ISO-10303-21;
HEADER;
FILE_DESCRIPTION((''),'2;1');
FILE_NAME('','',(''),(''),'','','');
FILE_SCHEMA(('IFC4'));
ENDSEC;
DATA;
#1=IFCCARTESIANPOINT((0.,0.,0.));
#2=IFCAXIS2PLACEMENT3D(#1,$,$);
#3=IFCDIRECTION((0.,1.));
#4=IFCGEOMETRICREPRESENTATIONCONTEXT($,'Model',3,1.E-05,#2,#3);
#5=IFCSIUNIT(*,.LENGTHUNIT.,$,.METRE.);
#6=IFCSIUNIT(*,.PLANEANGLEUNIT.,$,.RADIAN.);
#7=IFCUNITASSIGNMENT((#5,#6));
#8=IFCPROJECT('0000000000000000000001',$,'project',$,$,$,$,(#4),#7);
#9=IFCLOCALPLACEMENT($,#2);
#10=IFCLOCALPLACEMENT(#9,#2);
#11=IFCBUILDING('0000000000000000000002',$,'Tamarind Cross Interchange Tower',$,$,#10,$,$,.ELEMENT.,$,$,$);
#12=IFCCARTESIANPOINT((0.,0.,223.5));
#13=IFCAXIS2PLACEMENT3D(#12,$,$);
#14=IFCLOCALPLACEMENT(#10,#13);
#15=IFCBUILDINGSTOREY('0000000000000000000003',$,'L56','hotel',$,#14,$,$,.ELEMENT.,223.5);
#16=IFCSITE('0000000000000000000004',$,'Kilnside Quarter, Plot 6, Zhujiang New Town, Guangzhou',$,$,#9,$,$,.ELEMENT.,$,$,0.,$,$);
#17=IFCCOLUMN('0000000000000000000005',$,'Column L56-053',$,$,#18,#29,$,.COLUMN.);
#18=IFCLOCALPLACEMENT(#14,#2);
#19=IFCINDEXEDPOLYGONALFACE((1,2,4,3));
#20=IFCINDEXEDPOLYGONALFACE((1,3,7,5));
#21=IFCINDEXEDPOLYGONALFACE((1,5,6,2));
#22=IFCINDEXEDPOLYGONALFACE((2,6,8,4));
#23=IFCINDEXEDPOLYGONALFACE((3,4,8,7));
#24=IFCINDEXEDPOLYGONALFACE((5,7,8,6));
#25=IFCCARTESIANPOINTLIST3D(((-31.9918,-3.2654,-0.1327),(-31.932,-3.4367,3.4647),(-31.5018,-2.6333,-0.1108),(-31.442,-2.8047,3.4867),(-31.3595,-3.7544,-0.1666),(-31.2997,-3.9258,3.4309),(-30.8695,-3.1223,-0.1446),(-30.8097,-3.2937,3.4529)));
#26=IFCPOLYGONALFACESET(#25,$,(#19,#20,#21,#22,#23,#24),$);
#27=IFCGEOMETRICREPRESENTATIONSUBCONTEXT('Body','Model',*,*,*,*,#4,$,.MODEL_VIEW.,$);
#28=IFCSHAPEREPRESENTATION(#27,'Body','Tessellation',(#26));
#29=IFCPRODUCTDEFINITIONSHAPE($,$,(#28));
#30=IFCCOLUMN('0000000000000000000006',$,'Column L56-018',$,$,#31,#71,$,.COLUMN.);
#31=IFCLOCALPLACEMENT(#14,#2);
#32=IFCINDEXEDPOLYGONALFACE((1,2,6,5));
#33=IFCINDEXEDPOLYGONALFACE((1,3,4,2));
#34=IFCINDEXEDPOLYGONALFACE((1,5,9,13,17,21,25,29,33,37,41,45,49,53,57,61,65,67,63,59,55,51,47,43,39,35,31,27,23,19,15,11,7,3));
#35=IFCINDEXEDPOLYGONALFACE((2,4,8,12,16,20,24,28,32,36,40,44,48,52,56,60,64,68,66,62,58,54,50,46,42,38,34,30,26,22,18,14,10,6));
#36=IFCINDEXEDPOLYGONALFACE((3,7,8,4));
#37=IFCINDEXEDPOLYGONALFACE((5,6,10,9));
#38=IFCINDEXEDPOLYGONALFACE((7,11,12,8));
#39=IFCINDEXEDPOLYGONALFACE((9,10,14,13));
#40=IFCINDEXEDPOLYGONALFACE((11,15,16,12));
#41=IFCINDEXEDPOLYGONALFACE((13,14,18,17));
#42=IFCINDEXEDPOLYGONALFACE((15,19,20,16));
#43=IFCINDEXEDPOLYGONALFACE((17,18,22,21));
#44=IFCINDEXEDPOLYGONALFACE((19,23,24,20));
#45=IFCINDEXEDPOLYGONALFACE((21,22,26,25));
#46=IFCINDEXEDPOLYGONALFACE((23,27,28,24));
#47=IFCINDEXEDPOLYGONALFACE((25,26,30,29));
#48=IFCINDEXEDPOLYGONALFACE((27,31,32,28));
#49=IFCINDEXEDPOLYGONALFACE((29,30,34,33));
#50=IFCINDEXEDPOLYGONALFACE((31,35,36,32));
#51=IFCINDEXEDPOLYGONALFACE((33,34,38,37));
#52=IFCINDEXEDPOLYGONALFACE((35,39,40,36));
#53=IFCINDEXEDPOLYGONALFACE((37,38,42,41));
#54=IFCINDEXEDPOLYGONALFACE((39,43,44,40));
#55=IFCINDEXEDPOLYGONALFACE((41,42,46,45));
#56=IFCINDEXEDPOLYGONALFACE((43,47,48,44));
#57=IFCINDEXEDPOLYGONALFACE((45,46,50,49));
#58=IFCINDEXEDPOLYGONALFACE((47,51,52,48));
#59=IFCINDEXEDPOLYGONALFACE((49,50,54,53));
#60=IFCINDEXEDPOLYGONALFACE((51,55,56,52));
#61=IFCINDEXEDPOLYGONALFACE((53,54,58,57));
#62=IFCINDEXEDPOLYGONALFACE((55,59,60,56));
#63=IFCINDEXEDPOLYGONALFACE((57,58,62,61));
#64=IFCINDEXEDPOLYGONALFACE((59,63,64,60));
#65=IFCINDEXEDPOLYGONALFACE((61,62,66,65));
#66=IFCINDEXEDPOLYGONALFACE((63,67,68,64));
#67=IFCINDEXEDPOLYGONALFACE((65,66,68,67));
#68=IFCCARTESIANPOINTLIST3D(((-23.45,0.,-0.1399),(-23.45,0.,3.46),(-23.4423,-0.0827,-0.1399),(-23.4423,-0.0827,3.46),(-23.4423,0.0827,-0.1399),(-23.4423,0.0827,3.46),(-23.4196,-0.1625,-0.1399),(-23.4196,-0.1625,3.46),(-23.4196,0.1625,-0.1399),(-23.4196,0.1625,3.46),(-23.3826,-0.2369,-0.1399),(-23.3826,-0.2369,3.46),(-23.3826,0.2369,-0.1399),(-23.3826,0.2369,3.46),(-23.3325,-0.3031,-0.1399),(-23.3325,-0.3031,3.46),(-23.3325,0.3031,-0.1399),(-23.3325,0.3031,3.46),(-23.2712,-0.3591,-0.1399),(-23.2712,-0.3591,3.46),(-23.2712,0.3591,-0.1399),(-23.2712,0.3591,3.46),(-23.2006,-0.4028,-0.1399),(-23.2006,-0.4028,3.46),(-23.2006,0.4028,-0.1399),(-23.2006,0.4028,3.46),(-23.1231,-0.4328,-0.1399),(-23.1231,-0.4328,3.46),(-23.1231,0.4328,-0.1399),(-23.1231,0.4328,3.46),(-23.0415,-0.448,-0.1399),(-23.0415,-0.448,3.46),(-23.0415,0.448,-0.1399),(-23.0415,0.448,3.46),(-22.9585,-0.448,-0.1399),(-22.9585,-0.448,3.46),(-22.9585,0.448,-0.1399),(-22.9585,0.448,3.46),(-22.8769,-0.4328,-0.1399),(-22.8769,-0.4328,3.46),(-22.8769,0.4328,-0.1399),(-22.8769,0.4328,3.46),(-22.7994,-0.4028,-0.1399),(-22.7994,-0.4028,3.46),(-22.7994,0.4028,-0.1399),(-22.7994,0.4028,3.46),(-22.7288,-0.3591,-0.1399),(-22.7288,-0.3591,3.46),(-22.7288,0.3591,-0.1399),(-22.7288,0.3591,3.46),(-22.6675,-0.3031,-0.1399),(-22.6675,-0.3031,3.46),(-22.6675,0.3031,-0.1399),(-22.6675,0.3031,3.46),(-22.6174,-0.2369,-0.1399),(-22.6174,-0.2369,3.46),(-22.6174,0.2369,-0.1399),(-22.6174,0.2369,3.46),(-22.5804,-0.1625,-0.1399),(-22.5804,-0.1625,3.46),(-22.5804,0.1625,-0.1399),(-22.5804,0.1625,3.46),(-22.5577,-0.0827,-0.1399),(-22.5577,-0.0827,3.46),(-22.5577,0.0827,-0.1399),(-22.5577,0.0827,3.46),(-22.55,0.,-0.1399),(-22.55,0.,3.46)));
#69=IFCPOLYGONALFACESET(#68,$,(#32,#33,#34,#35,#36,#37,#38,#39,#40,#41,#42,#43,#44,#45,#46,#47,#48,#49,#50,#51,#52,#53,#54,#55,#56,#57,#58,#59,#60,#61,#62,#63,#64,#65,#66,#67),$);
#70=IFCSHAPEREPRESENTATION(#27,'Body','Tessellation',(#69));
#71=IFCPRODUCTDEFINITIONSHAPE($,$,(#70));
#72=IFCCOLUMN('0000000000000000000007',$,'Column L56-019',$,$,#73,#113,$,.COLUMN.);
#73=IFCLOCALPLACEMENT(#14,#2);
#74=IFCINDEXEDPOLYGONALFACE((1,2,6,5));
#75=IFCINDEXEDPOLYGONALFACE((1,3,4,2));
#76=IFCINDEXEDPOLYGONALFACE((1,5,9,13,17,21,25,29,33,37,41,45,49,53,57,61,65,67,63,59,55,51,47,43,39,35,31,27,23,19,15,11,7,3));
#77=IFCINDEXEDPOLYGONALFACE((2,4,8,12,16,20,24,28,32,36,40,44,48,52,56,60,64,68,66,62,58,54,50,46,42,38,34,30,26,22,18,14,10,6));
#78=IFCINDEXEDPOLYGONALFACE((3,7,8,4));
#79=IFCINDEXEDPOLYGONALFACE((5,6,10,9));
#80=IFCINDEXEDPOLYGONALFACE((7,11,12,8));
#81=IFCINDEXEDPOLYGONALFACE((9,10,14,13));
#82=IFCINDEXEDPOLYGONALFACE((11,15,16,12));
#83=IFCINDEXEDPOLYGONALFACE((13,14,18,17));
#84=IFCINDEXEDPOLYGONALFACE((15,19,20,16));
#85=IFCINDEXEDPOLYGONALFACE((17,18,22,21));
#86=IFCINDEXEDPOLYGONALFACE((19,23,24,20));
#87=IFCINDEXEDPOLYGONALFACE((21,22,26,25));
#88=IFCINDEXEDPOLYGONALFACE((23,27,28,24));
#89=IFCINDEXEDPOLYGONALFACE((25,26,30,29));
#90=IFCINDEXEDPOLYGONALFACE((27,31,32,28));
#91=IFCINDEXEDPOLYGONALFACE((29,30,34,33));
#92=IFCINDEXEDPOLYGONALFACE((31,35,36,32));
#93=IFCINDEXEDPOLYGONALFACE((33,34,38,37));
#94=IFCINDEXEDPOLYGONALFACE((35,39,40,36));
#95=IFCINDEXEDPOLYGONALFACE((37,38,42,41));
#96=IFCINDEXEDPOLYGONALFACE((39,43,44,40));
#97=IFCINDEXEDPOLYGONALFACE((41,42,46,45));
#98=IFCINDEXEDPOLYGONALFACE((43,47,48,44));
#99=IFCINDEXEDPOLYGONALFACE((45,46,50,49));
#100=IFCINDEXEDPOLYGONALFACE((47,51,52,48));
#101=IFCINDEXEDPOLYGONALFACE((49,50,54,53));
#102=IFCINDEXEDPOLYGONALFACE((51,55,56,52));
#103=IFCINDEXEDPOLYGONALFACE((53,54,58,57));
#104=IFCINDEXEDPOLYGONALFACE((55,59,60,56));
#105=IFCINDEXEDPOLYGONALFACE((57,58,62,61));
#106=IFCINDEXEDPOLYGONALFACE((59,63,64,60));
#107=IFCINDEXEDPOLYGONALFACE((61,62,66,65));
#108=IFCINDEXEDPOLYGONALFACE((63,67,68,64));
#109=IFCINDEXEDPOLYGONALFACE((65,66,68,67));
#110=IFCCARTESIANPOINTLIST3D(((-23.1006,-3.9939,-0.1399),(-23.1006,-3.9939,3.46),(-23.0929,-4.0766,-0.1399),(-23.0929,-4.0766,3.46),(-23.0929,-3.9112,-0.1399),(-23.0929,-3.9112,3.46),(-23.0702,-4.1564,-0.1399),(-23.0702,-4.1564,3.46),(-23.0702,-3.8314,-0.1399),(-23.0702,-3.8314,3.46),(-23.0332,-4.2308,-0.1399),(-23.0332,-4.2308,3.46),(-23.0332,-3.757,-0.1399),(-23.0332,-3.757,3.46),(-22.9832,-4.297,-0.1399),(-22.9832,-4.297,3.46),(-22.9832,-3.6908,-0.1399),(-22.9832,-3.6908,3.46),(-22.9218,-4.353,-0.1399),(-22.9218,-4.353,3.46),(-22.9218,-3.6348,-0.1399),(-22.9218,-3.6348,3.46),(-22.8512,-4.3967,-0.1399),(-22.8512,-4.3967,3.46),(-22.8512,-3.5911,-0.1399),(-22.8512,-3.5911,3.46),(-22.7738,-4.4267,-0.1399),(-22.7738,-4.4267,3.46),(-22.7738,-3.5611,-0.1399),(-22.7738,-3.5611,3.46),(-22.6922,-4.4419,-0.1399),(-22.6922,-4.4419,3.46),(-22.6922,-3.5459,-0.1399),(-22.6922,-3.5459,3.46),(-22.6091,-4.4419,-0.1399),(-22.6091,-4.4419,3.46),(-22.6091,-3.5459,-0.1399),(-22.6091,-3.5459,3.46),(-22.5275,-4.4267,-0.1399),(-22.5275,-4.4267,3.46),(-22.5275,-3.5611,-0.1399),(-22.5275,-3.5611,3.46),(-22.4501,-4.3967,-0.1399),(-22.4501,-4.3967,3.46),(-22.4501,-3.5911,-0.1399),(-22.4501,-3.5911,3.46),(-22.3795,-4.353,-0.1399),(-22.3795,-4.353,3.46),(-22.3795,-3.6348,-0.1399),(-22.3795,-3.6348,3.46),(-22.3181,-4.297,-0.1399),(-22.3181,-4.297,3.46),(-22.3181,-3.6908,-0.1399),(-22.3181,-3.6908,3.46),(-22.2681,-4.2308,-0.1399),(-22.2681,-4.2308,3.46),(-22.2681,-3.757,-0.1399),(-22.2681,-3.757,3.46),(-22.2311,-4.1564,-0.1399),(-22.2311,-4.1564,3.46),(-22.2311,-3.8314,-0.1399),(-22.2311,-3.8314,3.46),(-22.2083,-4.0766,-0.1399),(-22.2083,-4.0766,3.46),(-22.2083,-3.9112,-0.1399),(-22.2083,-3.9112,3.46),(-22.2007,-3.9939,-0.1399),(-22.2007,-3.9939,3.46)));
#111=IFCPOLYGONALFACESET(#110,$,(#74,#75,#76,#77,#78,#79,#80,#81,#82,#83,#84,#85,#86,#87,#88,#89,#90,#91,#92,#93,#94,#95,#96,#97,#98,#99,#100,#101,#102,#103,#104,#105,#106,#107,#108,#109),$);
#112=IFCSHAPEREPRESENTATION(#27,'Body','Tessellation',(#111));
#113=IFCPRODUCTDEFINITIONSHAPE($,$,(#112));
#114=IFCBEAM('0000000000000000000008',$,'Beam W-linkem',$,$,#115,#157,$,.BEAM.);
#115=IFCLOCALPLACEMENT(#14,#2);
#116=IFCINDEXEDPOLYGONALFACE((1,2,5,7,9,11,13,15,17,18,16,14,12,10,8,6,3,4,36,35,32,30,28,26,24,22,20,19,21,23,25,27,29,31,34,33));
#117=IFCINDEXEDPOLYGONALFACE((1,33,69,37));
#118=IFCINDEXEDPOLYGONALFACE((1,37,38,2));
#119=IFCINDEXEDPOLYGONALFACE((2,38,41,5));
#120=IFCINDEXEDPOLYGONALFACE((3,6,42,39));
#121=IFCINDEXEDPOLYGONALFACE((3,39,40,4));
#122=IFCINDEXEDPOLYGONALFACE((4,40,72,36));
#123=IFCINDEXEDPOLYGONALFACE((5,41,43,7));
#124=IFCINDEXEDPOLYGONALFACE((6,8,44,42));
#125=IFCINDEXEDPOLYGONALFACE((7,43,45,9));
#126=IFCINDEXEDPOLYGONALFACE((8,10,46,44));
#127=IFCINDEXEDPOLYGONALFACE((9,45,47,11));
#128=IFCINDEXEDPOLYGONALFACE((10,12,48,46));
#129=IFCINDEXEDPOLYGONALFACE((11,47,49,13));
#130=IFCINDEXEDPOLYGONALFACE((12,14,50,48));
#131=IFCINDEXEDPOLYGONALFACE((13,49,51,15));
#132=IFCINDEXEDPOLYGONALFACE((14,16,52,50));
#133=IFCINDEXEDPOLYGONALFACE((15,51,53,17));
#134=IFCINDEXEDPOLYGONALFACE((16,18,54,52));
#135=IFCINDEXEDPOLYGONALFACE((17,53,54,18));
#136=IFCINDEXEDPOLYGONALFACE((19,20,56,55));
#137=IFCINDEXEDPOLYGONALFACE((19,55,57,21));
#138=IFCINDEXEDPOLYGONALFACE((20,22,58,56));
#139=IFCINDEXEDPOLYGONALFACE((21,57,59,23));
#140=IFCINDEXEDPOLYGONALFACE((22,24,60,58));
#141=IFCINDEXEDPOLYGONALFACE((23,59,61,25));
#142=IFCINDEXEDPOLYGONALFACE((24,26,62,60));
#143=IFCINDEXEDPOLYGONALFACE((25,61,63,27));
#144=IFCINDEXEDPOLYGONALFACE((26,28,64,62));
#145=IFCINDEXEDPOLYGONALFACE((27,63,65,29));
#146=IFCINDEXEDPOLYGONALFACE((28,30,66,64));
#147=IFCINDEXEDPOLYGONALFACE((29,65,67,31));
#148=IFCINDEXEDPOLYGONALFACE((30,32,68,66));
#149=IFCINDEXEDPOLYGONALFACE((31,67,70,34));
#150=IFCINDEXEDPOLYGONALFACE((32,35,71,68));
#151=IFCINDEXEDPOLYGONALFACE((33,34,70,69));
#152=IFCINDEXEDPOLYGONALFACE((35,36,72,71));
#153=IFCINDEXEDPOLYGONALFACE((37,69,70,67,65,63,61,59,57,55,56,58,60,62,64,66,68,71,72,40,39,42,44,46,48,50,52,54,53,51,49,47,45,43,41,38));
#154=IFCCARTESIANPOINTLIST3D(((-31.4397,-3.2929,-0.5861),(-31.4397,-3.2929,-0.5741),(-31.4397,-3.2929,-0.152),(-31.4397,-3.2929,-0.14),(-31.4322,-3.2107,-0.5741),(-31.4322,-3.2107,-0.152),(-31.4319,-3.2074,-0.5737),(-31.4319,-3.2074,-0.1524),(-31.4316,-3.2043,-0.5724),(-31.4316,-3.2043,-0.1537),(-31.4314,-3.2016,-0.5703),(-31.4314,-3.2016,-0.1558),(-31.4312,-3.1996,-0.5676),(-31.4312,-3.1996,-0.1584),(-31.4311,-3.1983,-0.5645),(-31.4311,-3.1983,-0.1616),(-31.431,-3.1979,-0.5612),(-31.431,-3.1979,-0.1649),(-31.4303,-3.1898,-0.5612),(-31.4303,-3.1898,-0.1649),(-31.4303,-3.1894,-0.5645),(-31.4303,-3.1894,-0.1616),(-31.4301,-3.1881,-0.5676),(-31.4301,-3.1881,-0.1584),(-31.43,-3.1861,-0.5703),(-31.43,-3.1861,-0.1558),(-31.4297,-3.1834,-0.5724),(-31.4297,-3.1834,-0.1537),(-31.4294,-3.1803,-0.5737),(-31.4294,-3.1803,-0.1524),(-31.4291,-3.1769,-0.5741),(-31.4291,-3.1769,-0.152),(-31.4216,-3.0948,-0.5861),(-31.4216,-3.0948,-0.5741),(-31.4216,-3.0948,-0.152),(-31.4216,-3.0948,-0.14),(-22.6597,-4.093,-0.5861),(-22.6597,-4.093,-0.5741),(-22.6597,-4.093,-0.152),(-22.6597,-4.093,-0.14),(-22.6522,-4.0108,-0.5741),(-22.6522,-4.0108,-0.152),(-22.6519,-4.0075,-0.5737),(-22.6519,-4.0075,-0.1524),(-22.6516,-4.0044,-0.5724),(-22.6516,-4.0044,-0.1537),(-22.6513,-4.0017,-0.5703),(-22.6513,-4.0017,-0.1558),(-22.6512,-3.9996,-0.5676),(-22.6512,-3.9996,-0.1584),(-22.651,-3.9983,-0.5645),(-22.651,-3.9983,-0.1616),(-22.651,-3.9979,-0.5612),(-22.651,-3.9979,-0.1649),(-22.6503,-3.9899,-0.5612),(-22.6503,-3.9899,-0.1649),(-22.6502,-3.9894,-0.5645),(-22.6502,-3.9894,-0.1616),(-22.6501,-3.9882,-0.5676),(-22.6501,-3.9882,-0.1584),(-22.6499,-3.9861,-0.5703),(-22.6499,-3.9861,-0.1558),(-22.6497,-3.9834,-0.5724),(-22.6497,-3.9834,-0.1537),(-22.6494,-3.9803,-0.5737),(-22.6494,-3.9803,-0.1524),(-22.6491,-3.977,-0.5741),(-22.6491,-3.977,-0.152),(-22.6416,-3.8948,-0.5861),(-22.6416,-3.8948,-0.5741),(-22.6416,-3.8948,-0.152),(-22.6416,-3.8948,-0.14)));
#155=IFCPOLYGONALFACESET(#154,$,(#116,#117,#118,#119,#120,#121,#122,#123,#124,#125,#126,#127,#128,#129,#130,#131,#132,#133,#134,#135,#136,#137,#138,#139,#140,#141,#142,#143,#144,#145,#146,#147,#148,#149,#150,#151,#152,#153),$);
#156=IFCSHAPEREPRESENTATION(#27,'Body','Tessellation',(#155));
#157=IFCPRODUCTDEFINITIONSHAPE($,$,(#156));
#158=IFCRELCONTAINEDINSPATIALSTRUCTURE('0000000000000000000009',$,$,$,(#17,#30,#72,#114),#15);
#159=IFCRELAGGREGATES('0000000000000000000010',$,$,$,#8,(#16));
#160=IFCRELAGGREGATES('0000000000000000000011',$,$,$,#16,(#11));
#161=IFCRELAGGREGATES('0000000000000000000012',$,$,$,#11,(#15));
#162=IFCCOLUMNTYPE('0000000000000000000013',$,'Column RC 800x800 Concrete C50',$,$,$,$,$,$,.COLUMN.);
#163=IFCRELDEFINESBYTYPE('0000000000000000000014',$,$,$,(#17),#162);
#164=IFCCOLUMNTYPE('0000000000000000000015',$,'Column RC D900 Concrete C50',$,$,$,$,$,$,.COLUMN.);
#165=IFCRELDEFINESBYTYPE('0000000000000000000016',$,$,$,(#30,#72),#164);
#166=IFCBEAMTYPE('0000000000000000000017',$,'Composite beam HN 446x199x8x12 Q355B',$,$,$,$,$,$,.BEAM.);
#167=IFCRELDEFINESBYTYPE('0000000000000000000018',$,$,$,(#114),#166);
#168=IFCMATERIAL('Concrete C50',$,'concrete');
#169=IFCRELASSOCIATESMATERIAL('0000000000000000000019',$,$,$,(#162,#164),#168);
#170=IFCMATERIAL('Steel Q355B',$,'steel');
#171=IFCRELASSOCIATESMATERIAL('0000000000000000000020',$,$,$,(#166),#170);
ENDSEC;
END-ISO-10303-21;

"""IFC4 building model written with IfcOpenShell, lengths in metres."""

from ifc_helpers import new_model, si_unit, direction, frame, origin, origin_2d, place, context, subcontext, project, spatial, rectangle, circle, i_section, extrude, material, material_profile, profile_set, type_object, element, save


model = new_model("IFC4")

# Units and contexts
model_context = context("Model", 3, precision=1e-05, world=origin(), true_north=direction((0.0, 1.0)))
body_context = subcontext(model_context, "Body", "Model", "MODEL_VIEW")
ifc_project = project(units=[si_unit("LENGTHUNIT", "METRE"), si_unit("PLANEANGLEUNIT", "RADIAN")], contexts=[model_context])

# Site, building, storey
site_placement = place(None, origin())
site = spatial("IfcSite", under=ifc_project, at=site_placement, Name="Kilnside Quarter, Plot 6, Zhujiang New Town, Guangzhou", CompositionType="ELEMENT", RefElevation=0.0)
building_placement = place(site_placement, origin())
building = spatial("IfcBuilding", under=site, at=building_placement, Name="Tamarind Cross Interchange Tower", CompositionType="ELEMENT")
storey_placement = place(building_placement, frame((0.0, 0.0, 223.5)))
storey = spatial("IfcBuildingStorey", under=building, at=storey_placement, Name="L56", Description="hotel", CompositionType="ELEMENT", Elevation=223.5)

# Columns
ifc_material_1 = material(Name="Concrete C50", Category="concrete")
ifc_material_profile_1 = material_profile(ifc_material_1, rectangle(XDim=0.8, YDim=0.8, at=origin_2d()), Name="RC 800x800")
ifc_profile_set_1 = profile_set([ifc_material_profile_1], Name="Concrete C50")
column_type_1 = type_object("IfcColumnType", Name="Column RC 800x800 Concrete C50", PredefinedType="COLUMN", material=ifc_profile_set_1)
column_placement = place(storey_placement, frame((-31.4307, -3.1938, -0.1387), z_axis=(0.016606, -0.047581, 0.998729), x_axis=(0.612484, 0.790006, 0.027453)))
element("IfcColumn", 1, at=column_placement, inside=storey, type_object=column_type_1, Name="Column L56-053", PredefinedType="COLUMN", context=body_context, shape_type="SweptSolid", body=[
    extrude(rectangle(XDim=0.8, YDim=0.8, at=origin_2d()), origin(), (0.0, 0.0, 1.0), 3.6021),
])
ifc_material_profile_2 = material_profile(ifc_material_1, circle(Radius=0.45, at=origin_2d()), Name="RC D900")
ifc_profile_set_2 = profile_set([ifc_material_profile_2], Name="Concrete C50")
column_type_2 = type_object("IfcColumnType", Name="Column RC D900 Concrete C50", PredefinedType="COLUMN", material=ifc_profile_set_2)
for number, where, z_axis, x_axis, name in (
    (2, (-23.0, 0.0, -0.1399), (0.0, 0.0, 1.0), (1.0, 0.0, 0.0), "Column L56-018"),
    (3, (-22.6506, -3.9939, -0.1399), (0.0, 0.0, 1.0), (1.0, 0.0, 0.0), "Column L56-019"),
):
    element("IfcColumn", number, at=place(storey_placement, frame(where, z_axis=z_axis, x_axis=x_axis)), inside=storey, type_object=column_type_2, Name=name, PredefinedType="COLUMN", context=body_context, shape_type="SweptSolid", body=[
        extrude(circle(Radius=0.45, at=origin_2d()), origin(), (0.0, 0.0, 1.0), 3.5999),
    ])

# Beam
ifc_material_2 = material(Name="Steel Q355B", Category="steel")
ifc_material_profile_3 = material_profile(ifc_material_2, i_section(OverallWidth=0.199, OverallDepth=0.446, WebThickness=0.0081, FlangeThickness=0.012, FilletRadius=0.0129, at=origin_2d()), Name="HN 446x199x8x12")
ifc_profile_set_3 = profile_set([ifc_material_profile_3], Name="Steel Q355B")
beam_type_1 = type_object("IfcBeamType", Name="Composite beam HN 446x199x8x12 Q355B", PredefinedType="BEAM", material=ifc_profile_set_3)
beam_1_placement = place(storey_placement, frame((-31.4307, -3.1938, -0.363), z_axis=(0.995874, -0.090745, 0.0), x_axis=(0.090745, 0.995874, 0.0)))
element("IfcBeam", 4, at=beam_1_placement, inside=storey, type_object=beam_type_1, Name="Beam W-linkem", PredefinedType="BEAM", context=body_context, shape_type="SweptSolid", body=[
    extrude(i_section(OverallWidth=0.199, OverallDepth=0.446, WebThickness=0.0081, FlangeThickness=0.012, FilletRadius=0.0129, at=origin_2d()), origin(), (0.0, 0.0, 1.0), 8.8164),
])

save(model, "model.ifc")
